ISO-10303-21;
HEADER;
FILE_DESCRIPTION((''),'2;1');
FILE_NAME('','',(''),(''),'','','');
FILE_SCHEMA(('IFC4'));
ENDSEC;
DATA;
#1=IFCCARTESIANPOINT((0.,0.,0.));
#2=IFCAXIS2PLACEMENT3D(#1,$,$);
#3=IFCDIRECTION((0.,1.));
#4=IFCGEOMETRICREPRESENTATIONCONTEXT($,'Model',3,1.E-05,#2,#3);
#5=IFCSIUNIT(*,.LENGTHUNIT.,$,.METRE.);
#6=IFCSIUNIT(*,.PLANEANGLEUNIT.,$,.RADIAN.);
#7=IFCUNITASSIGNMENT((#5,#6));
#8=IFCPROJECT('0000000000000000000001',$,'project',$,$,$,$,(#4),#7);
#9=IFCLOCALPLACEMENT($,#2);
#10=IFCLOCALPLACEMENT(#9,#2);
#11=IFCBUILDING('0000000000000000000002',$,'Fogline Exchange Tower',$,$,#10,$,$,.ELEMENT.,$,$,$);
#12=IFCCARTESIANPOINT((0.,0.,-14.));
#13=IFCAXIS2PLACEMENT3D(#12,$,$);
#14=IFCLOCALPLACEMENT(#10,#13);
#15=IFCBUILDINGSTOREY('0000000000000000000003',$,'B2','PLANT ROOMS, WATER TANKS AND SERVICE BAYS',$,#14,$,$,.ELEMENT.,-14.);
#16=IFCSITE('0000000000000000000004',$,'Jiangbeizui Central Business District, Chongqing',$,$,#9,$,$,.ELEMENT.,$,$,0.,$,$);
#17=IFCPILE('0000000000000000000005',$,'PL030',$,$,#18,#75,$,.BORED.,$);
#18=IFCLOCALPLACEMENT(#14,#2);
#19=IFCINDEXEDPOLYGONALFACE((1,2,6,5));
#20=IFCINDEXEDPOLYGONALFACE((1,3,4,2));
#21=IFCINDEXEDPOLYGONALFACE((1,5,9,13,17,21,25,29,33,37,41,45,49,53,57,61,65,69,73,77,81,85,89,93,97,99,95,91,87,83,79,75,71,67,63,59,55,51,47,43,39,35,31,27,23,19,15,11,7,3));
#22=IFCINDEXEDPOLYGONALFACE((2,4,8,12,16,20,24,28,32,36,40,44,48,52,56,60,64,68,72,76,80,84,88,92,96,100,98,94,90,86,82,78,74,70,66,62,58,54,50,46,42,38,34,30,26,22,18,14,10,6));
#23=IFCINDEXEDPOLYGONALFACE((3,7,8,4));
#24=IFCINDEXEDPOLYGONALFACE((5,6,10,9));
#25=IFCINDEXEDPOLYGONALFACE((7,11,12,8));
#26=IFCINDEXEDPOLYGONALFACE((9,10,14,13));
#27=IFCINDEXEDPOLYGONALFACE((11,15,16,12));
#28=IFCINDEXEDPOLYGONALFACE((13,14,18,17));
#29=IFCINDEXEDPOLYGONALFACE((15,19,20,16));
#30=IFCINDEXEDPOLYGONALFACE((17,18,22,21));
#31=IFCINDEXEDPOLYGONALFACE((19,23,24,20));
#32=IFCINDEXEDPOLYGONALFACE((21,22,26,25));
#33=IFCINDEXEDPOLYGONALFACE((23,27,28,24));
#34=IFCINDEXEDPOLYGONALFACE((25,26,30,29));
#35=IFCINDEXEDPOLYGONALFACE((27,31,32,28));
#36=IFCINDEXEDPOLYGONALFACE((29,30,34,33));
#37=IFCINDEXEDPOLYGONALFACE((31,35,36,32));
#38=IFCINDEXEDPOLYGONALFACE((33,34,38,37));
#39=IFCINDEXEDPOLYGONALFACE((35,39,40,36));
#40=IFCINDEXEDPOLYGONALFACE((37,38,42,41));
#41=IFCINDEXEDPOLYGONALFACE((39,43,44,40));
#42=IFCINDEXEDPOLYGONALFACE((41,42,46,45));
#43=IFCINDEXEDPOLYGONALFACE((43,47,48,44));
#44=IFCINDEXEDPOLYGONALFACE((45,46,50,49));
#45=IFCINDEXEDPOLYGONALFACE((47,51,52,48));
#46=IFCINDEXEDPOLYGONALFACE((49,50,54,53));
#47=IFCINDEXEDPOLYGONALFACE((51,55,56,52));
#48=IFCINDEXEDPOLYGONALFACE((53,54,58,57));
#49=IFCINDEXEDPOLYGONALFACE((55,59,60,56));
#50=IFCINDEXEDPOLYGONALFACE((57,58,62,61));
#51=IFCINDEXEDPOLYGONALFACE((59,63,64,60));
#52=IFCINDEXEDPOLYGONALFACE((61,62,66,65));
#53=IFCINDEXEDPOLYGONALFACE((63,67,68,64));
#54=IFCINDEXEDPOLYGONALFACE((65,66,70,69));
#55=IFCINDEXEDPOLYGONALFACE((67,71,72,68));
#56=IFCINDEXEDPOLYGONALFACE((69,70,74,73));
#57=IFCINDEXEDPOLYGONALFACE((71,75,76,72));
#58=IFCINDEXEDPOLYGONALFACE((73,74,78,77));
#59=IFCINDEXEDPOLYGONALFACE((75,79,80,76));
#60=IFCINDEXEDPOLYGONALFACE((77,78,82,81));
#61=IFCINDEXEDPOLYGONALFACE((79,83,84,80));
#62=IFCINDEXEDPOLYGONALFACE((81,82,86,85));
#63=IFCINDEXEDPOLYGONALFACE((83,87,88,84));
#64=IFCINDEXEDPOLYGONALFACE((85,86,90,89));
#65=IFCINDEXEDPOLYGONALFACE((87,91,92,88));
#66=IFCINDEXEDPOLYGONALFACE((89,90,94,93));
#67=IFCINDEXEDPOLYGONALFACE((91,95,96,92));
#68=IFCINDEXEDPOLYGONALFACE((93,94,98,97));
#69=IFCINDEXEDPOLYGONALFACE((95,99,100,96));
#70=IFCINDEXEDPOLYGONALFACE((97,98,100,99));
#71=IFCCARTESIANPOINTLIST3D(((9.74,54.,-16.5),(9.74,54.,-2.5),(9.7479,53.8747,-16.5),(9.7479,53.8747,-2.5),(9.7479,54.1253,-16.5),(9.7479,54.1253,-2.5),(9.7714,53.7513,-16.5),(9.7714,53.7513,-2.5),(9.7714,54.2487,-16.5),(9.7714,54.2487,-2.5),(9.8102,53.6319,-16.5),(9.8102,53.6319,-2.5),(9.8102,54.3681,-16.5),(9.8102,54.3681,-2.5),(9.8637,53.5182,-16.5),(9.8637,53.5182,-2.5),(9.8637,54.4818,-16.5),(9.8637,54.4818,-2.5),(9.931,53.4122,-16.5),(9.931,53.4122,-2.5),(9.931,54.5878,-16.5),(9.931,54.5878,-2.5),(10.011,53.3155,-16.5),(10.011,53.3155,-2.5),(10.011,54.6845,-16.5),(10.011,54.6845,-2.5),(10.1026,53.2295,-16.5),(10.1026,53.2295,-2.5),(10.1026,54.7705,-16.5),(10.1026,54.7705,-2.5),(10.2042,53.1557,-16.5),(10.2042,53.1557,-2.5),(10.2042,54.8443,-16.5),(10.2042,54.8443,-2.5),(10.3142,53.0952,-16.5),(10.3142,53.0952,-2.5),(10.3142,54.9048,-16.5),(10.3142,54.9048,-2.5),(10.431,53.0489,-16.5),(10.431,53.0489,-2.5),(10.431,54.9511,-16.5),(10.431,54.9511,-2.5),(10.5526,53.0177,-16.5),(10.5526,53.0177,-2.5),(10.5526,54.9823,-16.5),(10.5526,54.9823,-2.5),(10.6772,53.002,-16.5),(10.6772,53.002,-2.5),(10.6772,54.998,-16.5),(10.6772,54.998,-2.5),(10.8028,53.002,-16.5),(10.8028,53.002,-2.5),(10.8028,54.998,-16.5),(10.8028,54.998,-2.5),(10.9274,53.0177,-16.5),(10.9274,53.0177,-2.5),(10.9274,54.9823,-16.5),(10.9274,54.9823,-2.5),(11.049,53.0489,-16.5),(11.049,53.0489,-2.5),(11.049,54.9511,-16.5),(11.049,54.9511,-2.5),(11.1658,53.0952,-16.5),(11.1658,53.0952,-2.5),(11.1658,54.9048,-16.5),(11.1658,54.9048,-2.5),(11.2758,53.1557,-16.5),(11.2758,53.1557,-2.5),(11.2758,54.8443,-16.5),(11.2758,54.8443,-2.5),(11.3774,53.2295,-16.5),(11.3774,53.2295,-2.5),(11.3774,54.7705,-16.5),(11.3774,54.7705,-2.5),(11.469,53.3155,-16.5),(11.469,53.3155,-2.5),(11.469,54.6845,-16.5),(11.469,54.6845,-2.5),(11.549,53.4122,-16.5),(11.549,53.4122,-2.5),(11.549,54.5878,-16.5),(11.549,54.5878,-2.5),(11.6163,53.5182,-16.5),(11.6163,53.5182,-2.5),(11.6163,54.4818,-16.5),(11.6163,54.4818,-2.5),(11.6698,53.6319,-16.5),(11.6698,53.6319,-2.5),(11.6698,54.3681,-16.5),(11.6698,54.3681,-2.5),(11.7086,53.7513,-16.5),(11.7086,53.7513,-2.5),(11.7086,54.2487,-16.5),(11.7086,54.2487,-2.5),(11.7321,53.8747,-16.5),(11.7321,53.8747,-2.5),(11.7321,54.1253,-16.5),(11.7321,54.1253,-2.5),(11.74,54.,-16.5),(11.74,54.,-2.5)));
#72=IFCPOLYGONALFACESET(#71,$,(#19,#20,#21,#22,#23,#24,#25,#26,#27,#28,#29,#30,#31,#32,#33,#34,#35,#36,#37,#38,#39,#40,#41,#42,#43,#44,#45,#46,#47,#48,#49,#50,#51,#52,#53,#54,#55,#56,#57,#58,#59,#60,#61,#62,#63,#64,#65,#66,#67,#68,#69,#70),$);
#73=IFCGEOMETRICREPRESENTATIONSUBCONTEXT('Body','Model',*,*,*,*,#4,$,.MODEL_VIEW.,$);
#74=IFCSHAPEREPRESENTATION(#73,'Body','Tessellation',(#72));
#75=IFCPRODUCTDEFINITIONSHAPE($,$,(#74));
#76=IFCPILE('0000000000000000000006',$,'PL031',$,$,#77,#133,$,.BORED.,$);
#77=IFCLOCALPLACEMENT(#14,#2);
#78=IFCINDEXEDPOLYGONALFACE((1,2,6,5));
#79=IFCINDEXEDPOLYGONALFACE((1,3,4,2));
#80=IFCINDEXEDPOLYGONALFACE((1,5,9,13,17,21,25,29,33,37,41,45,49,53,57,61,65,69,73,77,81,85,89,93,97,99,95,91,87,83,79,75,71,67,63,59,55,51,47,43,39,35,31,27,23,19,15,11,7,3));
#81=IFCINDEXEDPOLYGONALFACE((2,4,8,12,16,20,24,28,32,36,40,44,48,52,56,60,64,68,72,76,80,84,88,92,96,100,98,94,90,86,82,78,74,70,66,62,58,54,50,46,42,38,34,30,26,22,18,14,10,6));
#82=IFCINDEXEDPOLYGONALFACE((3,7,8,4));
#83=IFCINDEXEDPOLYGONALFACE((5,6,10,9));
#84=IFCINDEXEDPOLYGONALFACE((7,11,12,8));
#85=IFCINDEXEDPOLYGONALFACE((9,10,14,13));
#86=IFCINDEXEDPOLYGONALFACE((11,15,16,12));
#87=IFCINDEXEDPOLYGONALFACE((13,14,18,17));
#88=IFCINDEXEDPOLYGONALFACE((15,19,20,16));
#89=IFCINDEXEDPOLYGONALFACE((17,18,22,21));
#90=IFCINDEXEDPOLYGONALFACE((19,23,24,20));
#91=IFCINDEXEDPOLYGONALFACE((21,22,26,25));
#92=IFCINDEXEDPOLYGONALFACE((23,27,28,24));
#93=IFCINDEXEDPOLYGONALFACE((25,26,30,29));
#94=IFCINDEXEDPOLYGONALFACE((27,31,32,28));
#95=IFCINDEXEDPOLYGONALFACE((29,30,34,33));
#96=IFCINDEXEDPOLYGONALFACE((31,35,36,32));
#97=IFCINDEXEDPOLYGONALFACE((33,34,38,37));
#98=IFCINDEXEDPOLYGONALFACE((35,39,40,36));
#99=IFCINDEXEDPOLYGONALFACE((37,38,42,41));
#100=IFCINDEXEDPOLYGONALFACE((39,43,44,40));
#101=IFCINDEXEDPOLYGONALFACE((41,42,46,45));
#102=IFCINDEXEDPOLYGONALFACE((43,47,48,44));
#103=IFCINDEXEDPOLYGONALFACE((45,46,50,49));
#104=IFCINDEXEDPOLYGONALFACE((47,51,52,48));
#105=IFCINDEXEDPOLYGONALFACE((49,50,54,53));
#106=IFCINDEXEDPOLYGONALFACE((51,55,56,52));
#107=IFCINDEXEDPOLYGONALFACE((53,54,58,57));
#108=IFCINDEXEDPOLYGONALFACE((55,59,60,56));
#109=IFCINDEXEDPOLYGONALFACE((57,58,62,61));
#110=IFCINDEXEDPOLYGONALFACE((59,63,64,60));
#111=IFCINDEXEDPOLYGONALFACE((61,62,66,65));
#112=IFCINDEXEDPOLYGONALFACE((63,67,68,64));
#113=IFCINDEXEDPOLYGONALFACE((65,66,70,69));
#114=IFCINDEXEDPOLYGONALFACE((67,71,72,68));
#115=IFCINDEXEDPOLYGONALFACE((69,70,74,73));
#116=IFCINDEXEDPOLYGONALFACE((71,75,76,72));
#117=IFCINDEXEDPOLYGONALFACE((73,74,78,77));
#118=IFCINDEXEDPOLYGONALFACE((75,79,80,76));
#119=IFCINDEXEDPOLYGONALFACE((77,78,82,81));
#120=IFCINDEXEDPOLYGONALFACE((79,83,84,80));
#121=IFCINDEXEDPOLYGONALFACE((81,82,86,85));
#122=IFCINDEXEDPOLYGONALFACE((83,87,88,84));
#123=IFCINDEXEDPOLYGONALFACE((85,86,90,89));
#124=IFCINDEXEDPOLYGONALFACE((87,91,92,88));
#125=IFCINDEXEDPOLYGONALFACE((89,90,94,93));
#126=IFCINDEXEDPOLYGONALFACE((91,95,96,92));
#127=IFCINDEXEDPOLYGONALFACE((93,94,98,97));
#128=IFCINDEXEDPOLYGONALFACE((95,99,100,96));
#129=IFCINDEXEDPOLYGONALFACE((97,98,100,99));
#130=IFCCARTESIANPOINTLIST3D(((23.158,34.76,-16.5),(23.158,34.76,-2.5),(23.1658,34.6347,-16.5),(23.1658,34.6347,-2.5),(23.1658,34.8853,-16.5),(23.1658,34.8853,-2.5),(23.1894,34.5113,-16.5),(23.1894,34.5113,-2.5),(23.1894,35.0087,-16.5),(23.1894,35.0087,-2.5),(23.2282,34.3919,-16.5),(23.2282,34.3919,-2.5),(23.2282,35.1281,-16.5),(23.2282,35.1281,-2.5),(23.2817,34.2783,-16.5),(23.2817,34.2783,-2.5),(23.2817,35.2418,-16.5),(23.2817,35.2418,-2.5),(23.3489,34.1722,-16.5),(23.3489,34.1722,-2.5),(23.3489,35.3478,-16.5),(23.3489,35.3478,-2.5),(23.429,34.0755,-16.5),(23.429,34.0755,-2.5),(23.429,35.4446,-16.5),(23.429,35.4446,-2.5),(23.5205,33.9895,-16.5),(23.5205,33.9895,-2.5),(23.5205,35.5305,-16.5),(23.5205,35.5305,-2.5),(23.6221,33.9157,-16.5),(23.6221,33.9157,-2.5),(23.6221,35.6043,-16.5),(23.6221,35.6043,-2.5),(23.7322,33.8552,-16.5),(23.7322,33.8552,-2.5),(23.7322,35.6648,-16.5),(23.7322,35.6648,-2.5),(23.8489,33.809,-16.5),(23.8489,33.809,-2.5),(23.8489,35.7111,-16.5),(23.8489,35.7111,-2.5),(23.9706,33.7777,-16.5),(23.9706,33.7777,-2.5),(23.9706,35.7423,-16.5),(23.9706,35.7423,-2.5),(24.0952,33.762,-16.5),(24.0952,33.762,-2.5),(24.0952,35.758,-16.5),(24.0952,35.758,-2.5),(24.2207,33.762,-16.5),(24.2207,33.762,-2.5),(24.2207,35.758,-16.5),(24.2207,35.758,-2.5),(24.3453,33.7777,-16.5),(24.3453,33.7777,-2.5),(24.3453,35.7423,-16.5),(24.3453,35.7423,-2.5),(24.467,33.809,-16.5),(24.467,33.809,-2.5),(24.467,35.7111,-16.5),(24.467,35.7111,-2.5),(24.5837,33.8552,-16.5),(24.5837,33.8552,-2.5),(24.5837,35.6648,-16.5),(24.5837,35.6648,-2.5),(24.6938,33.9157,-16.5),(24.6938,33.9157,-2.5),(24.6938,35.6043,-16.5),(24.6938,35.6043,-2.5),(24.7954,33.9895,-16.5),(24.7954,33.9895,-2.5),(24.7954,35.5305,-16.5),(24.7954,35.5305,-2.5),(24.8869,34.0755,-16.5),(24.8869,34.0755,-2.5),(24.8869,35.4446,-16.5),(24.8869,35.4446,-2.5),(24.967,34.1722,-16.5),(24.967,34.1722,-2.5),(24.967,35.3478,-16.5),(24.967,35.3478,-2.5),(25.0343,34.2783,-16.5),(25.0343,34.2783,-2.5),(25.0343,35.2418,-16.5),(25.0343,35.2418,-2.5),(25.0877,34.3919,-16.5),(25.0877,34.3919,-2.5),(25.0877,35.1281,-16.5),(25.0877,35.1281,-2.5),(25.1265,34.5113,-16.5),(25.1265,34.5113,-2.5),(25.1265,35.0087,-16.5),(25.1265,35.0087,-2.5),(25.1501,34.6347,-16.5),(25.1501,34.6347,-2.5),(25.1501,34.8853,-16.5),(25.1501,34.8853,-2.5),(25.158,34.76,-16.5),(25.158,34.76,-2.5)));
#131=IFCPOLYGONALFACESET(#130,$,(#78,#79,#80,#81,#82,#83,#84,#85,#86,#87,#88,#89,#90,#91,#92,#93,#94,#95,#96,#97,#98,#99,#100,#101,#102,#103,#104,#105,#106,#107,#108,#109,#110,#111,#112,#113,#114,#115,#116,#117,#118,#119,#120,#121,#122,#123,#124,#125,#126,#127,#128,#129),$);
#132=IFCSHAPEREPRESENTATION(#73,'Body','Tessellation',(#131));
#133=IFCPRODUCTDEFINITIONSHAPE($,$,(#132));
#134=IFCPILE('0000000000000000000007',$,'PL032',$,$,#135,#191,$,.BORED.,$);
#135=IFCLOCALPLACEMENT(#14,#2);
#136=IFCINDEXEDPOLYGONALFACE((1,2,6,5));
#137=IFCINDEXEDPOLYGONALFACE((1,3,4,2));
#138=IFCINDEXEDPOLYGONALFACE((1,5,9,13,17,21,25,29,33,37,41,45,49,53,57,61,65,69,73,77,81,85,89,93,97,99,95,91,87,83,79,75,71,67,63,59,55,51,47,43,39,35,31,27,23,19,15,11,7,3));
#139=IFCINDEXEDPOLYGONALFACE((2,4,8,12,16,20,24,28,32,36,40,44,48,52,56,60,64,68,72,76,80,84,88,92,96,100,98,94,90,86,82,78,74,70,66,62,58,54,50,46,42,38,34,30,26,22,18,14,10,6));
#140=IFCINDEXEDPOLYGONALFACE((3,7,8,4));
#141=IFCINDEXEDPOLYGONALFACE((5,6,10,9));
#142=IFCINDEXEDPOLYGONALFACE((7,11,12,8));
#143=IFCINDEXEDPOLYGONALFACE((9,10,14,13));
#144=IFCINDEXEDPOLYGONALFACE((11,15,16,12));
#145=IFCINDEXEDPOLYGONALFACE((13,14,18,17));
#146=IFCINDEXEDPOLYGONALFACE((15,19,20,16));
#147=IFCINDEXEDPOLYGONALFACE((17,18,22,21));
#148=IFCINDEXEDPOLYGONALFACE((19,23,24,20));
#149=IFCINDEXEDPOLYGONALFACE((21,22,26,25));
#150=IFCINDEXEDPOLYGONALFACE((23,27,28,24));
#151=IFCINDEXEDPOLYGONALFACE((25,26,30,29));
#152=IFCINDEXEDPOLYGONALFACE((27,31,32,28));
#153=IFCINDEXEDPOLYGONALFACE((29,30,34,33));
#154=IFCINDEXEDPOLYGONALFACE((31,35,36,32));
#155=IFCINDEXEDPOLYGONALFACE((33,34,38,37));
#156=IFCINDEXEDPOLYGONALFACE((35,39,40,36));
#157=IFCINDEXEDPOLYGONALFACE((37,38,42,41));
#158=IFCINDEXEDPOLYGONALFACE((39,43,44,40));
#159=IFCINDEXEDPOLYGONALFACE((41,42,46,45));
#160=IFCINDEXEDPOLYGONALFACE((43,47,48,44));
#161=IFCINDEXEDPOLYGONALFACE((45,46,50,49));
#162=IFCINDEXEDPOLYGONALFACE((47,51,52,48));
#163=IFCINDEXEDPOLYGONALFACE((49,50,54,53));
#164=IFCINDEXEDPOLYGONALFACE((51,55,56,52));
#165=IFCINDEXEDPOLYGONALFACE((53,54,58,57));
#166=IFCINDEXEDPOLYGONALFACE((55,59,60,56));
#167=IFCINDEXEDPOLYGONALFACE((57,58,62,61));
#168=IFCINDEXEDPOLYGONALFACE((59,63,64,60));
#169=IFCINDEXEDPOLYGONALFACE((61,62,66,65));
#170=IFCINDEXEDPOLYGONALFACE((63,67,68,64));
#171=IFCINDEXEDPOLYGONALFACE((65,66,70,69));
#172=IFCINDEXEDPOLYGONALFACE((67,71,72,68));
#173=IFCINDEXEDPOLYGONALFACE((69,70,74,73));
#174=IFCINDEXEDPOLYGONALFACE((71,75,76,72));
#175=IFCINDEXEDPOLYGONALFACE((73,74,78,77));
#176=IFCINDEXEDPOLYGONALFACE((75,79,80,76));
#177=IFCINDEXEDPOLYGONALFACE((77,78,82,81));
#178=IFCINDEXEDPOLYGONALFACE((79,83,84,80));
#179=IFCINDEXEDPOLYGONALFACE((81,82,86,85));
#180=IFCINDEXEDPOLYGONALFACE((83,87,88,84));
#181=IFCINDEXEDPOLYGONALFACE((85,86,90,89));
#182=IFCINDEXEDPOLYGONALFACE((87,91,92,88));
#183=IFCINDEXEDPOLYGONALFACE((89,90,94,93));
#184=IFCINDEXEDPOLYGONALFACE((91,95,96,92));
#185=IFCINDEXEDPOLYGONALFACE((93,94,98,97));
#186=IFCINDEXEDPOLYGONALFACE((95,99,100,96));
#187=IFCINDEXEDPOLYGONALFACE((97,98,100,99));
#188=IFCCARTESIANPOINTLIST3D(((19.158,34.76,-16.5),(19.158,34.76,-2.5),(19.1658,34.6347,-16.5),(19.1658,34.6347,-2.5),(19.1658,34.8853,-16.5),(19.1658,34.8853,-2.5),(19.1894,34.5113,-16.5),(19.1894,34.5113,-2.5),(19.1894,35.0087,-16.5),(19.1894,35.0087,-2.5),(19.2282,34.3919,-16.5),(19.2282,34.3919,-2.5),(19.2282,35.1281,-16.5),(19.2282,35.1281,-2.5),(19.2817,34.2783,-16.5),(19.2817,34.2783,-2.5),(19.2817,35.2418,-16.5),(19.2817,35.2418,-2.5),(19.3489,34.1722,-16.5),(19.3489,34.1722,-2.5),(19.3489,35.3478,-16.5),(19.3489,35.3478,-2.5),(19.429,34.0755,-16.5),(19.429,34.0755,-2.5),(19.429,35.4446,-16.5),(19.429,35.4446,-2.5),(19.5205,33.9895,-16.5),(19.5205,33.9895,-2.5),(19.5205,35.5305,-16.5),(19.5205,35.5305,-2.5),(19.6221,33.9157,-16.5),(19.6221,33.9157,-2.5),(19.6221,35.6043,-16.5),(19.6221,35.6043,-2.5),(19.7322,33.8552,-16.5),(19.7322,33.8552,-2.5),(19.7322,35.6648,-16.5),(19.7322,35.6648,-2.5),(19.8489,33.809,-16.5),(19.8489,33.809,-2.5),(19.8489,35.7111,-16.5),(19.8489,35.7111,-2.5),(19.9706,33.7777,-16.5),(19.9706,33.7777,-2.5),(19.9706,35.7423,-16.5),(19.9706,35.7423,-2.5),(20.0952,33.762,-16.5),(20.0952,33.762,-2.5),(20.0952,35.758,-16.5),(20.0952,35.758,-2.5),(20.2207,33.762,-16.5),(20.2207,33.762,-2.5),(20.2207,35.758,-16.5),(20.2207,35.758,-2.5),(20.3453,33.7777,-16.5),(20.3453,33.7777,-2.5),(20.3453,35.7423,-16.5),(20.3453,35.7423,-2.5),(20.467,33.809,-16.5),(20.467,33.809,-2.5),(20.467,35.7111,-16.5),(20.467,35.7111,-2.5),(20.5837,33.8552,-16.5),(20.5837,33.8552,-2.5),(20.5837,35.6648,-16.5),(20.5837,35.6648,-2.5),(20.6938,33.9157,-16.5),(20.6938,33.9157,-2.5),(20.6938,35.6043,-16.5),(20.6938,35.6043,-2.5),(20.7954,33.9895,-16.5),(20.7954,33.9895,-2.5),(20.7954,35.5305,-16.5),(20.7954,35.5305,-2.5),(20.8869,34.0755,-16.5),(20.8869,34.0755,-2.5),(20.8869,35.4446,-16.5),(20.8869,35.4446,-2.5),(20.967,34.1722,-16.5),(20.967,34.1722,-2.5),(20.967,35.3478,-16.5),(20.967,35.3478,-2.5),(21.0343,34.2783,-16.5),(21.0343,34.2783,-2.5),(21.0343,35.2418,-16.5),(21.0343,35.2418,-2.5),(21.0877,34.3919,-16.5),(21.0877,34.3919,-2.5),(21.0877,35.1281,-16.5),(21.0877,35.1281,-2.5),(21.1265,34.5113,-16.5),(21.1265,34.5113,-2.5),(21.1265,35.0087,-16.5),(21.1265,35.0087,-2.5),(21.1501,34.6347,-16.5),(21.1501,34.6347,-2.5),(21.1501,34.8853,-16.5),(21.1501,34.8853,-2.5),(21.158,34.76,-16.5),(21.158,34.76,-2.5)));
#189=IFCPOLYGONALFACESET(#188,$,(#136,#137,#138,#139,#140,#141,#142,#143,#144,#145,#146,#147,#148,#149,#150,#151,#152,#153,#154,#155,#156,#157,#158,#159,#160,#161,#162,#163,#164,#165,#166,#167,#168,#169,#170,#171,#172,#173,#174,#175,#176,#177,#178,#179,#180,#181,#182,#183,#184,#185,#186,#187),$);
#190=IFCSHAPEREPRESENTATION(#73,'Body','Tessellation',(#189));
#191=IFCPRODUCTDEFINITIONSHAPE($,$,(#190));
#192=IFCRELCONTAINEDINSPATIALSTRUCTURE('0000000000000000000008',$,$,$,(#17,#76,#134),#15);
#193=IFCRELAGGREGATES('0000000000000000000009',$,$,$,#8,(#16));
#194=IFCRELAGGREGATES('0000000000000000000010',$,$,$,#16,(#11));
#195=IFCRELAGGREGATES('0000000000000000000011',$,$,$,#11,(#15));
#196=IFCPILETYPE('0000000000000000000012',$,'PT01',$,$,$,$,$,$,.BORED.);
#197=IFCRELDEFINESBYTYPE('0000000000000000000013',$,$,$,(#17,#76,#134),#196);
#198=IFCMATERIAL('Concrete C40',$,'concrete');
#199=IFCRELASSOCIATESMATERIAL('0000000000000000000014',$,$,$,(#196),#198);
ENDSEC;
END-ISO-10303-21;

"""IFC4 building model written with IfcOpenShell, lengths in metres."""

from ifc_helpers import new_model, si_unit, direction, frame, origin, origin_2d, place, context, subcontext, project, spatial, circle, extrude, material, material_profile, profile_set, type_object, element, save


model = new_model("IFC4")

# Units and contexts
model_context = context("Model", 3, precision=1e-05, world=origin(), true_north=direction((0.0, 1.0)))
body_context = subcontext(model_context, "Body", "Model", "MODEL_VIEW")
ifc_project = project(units=[si_unit("LENGTHUNIT", "METRE"), si_unit("PLANEANGLEUNIT", "RADIAN")], contexts=[model_context])

# Site, building, storey
site_placement = place(None, origin())
site = spatial("IfcSite", under=ifc_project, at=site_placement, Name="Jiangbeizui Central Business District, Chongqing", CompositionType="ELEMENT", RefElevation=0.0)
building_placement = place(site_placement, origin())
building = spatial("IfcBuilding", under=site, at=building_placement, Name="Fogline Exchange Tower", CompositionType="ELEMENT")
storey_placement = place(building_placement, frame((0.0, 0.0, -14.0)))
storey = spatial("IfcBuildingStorey", under=building, at=storey_placement, Name="B2", Description="PLANT ROOMS, WATER TANKS AND SERVICE BAYS", CompositionType="ELEMENT", Elevation=-14.0)

# Piles
ifc_material_1 = material(Name="Concrete C40", Category="concrete")
ifc_material_profile_1 = material_profile(ifc_material_1, circle(Radius=1.0, at=origin_2d()), Name="RC D2000")
ifc_profile_set_1 = profile_set([ifc_material_profile_1], Name="Concrete C40")
pile_type = type_object("IfcPileType", Name="PT01", PredefinedType="BORED", material=ifc_profile_set_1)
for number, where, z_axis, x_axis, name in (
    (1, (10.74, 54.0, -2.5), (0.0, 0.0, -1.0), (1.0, 0.0, 0.0), "PL030"),
    (2, (24.158, 34.76, -2.5), (0.0, 0.0, -1.0), (1.0, 0.0, 0.0), "PL031"),
    (3, (20.158, 34.76, -2.5), (0.0, 0.0, -1.0), (1.0, 0.0, 0.0), "PL032"),
):
    element("IfcPile", number, at=place(storey_placement, frame(where, z_axis=z_axis, x_axis=x_axis)), inside=storey, type_object=pile_type, Name=name, PredefinedType="BORED", context=body_context, shape_type="SweptSolid", body=[
        extrude(circle(Radius=1.0, at=origin_2d()), origin(), (0.0, 0.0, 1.0), 14.0),
    ])

save(model, "model.ifc")
